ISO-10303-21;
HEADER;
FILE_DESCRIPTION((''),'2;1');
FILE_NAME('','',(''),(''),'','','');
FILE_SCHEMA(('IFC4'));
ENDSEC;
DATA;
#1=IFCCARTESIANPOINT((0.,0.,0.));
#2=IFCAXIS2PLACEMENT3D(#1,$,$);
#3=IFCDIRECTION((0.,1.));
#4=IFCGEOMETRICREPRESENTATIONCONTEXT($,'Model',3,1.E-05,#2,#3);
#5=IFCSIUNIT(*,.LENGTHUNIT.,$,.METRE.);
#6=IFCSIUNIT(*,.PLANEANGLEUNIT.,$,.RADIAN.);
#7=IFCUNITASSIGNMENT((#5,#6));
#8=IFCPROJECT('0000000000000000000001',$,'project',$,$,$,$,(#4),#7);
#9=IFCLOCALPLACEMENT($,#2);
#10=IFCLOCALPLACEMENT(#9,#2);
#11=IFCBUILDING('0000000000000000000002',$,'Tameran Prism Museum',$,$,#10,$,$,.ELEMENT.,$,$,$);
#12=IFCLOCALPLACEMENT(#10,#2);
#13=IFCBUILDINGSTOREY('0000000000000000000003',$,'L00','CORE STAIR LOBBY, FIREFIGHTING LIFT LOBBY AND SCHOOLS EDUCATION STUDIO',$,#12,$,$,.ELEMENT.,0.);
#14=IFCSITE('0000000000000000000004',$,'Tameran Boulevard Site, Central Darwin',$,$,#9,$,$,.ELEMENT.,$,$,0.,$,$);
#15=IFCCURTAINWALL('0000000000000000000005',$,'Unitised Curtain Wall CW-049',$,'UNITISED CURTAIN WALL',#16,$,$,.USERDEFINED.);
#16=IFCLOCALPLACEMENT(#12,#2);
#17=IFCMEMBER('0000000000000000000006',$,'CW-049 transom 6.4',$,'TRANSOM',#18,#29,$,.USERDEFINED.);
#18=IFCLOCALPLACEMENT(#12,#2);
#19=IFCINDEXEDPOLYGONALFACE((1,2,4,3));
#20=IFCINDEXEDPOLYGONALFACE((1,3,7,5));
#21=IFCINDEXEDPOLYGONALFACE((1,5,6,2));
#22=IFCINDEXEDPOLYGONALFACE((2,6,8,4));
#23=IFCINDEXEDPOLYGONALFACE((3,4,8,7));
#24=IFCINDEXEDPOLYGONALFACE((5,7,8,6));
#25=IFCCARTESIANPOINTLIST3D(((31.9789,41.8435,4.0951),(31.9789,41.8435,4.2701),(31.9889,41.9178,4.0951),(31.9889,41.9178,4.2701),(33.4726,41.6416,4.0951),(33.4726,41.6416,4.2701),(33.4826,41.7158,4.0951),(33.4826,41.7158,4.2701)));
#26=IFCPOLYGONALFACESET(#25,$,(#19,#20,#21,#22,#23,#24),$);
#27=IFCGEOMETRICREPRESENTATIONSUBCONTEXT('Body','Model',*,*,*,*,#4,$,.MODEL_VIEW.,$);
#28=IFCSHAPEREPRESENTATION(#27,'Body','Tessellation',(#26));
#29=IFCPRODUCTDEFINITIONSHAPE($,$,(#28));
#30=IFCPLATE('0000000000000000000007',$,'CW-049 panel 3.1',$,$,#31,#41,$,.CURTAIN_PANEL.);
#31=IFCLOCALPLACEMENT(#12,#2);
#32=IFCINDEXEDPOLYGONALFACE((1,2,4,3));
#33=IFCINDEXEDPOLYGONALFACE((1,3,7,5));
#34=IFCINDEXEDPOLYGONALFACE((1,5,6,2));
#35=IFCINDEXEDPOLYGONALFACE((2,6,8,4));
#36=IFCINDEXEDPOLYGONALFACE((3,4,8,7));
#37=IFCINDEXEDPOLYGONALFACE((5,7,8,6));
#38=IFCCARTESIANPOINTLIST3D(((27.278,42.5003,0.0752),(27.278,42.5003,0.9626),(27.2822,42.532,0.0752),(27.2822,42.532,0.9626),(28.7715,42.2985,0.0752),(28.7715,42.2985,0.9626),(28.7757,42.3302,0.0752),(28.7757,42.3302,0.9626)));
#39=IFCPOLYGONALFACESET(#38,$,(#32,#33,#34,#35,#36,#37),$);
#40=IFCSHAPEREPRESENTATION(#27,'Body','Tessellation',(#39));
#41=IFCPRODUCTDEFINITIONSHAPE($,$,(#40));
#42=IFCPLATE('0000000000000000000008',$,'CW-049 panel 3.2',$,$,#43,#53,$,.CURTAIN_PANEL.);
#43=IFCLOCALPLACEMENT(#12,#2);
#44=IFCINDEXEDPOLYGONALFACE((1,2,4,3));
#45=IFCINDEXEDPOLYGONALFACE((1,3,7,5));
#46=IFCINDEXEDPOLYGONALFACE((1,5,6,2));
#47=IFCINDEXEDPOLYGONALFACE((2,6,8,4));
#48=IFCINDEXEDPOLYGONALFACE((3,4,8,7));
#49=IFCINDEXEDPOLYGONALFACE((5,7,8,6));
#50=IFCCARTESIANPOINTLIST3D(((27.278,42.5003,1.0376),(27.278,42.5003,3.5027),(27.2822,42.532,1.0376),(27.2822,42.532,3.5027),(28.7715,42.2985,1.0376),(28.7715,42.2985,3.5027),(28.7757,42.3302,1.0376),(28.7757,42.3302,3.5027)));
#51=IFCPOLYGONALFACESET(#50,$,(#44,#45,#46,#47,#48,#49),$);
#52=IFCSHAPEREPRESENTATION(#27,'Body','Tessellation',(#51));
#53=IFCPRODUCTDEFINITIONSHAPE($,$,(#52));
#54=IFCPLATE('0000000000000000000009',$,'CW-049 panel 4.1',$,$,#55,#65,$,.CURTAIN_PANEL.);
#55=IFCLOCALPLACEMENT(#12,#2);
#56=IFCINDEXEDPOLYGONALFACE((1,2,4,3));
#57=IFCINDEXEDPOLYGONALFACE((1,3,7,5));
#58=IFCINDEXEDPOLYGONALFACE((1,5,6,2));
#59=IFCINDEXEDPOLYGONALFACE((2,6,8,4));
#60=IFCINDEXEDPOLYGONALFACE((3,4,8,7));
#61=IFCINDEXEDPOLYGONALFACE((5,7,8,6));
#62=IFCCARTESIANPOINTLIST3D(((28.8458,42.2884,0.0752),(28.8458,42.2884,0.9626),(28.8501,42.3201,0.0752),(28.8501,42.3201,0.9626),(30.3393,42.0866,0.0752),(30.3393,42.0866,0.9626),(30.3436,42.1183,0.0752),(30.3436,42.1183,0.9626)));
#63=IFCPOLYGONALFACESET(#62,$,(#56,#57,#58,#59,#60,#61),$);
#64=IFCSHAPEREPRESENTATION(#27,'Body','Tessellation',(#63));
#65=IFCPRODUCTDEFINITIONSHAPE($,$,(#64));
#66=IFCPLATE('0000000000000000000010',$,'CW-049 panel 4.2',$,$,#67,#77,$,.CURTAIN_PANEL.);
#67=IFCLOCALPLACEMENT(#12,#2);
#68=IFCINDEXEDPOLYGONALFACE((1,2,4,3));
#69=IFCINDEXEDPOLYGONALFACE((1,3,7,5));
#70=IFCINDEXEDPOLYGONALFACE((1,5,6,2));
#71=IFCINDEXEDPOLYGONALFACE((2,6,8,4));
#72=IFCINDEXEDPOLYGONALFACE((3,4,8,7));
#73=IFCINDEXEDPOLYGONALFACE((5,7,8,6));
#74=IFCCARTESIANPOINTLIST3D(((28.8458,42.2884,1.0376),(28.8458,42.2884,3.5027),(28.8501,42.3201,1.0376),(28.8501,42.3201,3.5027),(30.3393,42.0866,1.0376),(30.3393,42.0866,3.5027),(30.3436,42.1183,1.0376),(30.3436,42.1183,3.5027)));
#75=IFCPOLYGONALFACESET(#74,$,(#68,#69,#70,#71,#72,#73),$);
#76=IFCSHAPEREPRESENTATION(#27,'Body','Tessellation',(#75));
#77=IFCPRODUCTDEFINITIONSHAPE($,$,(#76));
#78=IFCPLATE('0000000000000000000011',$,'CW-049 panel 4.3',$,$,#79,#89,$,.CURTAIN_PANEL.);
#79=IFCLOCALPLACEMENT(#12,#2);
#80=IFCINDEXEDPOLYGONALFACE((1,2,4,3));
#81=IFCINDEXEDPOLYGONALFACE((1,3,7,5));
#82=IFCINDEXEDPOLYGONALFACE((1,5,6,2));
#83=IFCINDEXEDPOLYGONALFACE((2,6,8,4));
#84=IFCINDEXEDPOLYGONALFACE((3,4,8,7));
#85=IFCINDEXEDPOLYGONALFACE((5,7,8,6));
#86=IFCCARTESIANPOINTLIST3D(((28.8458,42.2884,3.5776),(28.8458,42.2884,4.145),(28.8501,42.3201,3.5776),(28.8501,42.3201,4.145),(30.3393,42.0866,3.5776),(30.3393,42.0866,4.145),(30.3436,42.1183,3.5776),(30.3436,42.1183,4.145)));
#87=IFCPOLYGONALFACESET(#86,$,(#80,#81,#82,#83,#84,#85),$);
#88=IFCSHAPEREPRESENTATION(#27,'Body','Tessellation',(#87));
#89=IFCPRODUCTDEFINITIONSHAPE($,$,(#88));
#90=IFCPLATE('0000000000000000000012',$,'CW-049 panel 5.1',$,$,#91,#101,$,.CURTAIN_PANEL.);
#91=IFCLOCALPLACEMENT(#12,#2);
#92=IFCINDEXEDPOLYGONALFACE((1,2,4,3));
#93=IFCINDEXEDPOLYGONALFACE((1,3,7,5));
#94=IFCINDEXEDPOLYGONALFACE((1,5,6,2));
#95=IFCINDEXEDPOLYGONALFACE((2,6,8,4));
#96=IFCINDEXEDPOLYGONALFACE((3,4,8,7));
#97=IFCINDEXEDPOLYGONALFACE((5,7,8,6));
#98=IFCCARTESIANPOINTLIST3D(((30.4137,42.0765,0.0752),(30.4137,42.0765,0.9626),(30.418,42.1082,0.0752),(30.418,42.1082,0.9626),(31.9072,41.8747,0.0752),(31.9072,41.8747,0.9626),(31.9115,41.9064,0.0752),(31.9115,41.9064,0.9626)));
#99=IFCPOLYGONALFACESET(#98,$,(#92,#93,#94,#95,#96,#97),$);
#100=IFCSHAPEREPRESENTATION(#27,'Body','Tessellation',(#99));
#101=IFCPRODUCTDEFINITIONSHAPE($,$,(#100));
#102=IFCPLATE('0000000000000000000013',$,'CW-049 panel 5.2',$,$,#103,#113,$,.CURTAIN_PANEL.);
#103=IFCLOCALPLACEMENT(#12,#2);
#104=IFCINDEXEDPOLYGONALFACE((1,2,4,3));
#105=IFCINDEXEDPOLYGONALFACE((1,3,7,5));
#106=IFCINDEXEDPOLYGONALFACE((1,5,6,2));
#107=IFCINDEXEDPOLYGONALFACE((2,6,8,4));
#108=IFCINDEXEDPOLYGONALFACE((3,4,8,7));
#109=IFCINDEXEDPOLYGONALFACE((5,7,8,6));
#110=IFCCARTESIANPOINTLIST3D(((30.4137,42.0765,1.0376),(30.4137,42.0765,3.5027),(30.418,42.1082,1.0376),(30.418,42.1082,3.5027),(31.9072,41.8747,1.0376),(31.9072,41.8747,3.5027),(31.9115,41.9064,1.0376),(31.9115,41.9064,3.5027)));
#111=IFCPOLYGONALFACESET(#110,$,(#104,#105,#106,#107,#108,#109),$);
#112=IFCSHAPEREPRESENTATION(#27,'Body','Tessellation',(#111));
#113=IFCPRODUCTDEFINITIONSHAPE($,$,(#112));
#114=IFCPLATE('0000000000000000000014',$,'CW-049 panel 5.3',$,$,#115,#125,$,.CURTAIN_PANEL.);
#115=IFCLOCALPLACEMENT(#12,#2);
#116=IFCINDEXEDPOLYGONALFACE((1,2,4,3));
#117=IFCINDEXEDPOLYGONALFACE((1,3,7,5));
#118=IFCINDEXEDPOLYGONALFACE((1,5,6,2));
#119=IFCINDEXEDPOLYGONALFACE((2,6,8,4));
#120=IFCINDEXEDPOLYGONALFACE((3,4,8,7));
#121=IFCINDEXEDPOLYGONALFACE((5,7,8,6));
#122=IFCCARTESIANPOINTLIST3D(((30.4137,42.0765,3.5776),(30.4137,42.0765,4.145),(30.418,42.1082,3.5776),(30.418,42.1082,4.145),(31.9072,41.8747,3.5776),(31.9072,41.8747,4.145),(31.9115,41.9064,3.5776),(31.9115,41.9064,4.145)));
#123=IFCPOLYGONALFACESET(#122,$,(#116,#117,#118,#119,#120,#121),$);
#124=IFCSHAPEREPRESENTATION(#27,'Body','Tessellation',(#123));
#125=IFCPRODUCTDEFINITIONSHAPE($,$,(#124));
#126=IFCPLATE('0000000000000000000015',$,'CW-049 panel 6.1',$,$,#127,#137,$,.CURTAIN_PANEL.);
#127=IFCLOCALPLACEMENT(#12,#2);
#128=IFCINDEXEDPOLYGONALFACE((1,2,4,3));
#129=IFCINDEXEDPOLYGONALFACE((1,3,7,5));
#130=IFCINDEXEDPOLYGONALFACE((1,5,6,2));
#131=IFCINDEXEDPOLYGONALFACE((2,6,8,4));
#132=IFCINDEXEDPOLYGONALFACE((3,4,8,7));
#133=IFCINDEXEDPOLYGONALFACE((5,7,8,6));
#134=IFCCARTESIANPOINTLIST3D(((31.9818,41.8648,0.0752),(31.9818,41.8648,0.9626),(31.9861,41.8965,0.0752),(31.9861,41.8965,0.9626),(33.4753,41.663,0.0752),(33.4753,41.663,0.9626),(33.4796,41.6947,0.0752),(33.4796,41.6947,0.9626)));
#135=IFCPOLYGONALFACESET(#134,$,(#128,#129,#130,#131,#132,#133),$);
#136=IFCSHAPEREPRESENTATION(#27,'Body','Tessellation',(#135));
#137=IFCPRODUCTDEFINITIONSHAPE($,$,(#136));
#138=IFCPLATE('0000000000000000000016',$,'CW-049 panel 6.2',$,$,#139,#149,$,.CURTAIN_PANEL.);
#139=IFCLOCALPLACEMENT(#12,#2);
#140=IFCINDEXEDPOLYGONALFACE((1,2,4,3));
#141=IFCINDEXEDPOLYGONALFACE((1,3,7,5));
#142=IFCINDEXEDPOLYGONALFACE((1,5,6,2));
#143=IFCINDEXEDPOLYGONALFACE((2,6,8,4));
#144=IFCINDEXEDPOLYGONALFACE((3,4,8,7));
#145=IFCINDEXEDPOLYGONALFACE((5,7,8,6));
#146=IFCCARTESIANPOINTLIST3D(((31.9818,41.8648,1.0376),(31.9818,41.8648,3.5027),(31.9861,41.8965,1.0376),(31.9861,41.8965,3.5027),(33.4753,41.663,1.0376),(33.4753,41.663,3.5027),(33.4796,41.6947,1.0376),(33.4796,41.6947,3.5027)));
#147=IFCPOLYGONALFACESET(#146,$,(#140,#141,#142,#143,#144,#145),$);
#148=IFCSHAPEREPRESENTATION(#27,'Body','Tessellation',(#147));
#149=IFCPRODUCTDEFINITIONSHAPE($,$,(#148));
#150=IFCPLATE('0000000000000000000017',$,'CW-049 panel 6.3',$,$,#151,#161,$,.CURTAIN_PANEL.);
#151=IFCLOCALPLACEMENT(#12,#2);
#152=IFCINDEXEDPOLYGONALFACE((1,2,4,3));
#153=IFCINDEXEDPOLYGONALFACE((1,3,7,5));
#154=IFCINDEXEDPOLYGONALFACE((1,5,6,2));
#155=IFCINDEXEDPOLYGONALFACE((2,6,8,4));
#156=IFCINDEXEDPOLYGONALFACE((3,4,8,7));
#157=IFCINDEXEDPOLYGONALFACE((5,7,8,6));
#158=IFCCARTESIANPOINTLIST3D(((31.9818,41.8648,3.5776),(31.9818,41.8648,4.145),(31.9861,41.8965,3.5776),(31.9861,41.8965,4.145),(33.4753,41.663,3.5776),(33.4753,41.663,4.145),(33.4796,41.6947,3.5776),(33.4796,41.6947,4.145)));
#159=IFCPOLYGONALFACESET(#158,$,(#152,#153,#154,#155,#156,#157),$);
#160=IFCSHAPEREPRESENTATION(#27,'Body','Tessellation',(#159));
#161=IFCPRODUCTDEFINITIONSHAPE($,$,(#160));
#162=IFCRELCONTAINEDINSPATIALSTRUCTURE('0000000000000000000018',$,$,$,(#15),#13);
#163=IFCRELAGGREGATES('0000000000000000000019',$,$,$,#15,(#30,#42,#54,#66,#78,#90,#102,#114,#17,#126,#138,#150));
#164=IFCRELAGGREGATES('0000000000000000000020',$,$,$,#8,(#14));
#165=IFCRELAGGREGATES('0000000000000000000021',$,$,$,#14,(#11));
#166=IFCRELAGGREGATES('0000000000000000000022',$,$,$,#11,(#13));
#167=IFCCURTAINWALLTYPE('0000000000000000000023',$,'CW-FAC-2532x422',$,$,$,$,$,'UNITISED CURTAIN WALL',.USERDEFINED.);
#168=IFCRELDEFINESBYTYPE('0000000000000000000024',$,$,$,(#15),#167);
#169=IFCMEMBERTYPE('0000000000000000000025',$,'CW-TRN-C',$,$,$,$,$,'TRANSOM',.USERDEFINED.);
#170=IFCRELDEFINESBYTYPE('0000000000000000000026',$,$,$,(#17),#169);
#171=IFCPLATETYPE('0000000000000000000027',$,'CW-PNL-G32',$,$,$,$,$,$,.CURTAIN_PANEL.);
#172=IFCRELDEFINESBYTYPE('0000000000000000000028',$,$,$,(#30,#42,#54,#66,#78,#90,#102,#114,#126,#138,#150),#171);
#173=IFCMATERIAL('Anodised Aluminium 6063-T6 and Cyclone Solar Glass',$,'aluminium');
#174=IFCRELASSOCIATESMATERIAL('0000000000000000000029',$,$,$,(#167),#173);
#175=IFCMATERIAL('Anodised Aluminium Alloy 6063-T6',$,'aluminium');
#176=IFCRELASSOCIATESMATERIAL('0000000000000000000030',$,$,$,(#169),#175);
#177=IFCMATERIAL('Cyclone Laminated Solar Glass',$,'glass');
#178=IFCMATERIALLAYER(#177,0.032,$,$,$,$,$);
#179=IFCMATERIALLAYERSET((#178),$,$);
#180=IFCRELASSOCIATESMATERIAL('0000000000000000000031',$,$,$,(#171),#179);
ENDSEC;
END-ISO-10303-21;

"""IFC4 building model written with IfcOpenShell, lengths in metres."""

from ifc_helpers import new_model, si_unit, direction, frame, origin, origin_2d, place, context, subcontext, project, spatial, rectangle, extrude, material, layer, layer_set, material_profile, profile_set, type_object, element, aggregate, save


model = new_model("IFC4")

# Units and contexts
model_context = context("Model", 3, precision=1e-05, world=origin(), true_north=direction((0.0, 1.0)))
body_context = subcontext(model_context, "Body", "Model", "MODEL_VIEW")
ifc_project = project(units=[si_unit("LENGTHUNIT", "METRE"), si_unit("PLANEANGLEUNIT", "RADIAN")], contexts=[model_context])

# Site, building, storey
site_placement = place(None, origin())
site = spatial("IfcSite", under=ifc_project, at=site_placement, Name="Tameran Boulevard Site, Central Darwin", CompositionType="ELEMENT", RefElevation=0.0)
building_placement = place(site_placement, origin())
building = spatial("IfcBuilding", under=site, at=building_placement, Name="Tameran Prism Museum", CompositionType="ELEMENT")
storey_placement = place(building_placement, origin())
storey = spatial("IfcBuildingStorey", under=building, at=storey_placement, Name="L00", Description="CORE STAIR LOBBY, FIREFIGHTING LIFT LOBBY AND SCHOOLS EDUCATION STUDIO", CompositionType="ELEMENT", Elevation=0.0)

# Curtain wall, member, plates
ifc_material_1 = material(Name="Anodised Aluminium 6063-T6 and Cyclone Solar Glass", Category="aluminium")
curtain_wall_type = type_object("IfcCurtainWallType", Name="CW-FAC-2532x422", ElementType="UNITISED CURTAIN WALL", PredefinedType="USERDEFINED", material=ifc_material_1)
curtain_wall_placement = place(storey_placement, origin())
curtain_wall = element("IfcCurtainWall", 1, at=curtain_wall_placement, inside=storey, type_object=curtain_wall_type, Name="Unitised Curtain Wall CW-049", ObjectType="UNITISED CURTAIN WALL", PredefinedType="USERDEFINED")
ifc_material_2 = material(Name="Anodised Aluminium Alloy 6063-T6", Category="aluminium")
ifc_material_profile_1 = material_profile(ifc_material_2, rectangle(XDim=0.075, YDim=0.175, at=origin_2d()))
ifc_profile_set_1 = profile_set([ifc_material_profile_1])
member_type_1 = type_object("IfcMemberType", Name="CW-TRN-C", ElementType="TRANSOM", PredefinedType="USERDEFINED", material=ifc_profile_set_1)
member_1_placement = place(storey_placement, frame((31.9839, 41.8806, 4.1826), z_axis=(0.990987, -0.133957, 0.0), x_axis=(0.133957, 0.990987, 0.0)))
member_1 = element("IfcMember", 2, at=member_1_placement, type_object=member_type_1, Name="CW-049 transom 6.4", ObjectType="TRANSOM", PredefinedType="USERDEFINED", context=body_context, shape_type="SweptSolid", body=[
    extrude(rectangle(XDim=0.075, YDim=0.175, at=origin_2d()), origin(), (0.0, 0.0, 1.0), 1.5073),
])
ifc_material_3 = material(Name="Cyclone Laminated Solar Glass", Category="glass")
ifc_layer = layer(ifc_material_3, 0.032)
ifc_layer_set = layer_set([ifc_layer])
plate_type = type_object("IfcPlateType", Name="CW-PNL-G32", PredefinedType="CURTAIN_PANEL", material=ifc_layer_set)
plate_1_placement = place(storey_placement, frame((28.0269, 42.4153, 0.0752), z_axis=(0.0, 0.0, 1.0), x_axis=(0.990993, -0.133913, 0.0)))
plate_1 = element("IfcPlate", 3, at=plate_1_placement, type_object=plate_type, Name="CW-049 panel 3.1", PredefinedType="CURTAIN_PANEL", context=body_context, shape_type="SweptSolid", body=[
    extrude(rectangle(XDim=1.5071, YDim=0.032, at=origin_2d()), origin(), (0.0, 0.0, 1.0), 0.8875),
])
plate_2_placement = place(storey_placement, frame((28.0269, 42.4153, 1.0376), z_axis=(0.0, 0.0, 1.0), x_axis=(0.990993, -0.133913, 0.0)))
plate_2 = element("IfcPlate", 4, at=plate_2_placement, type_object=plate_type, Name="CW-049 panel 3.2", PredefinedType="CURTAIN_PANEL", context=body_context, shape_type="SweptSolid", body=[
    extrude(rectangle(XDim=1.5071, YDim=0.032, at=origin_2d()), origin(), (0.0, 0.0, 1.0), 2.4651),
])
plate_3_placement = place(storey_placement, frame((29.5947, 42.2034, 0.0752), z_axis=(0.0, 0.0, 1.0), x_axis=(0.990993, -0.133913, 0.0)))
plate_3 = element("IfcPlate", 5, at=plate_3_placement, type_object=plate_type, Name="CW-049 panel 4.1", PredefinedType="CURTAIN_PANEL", context=body_context, shape_type="SweptSolid", body=[
    extrude(rectangle(XDim=1.5071, YDim=0.032, at=origin_2d()), origin(), (0.0, 0.0, 1.0), 0.8875),
])
plate_4_placement = place(storey_placement, frame((29.5947, 42.2034, 1.0376), z_axis=(0.0, 0.0, 1.0), x_axis=(0.990993, -0.133913, 0.0)))
plate_4 = element("IfcPlate", 6, at=plate_4_placement, type_object=plate_type, Name="CW-049 panel 4.2", PredefinedType="CURTAIN_PANEL", context=body_context, shape_type="SweptSolid", body=[
    extrude(rectangle(XDim=1.5071, YDim=0.032, at=origin_2d()), origin(), (0.0, 0.0, 1.0), 2.4651),
])
plate_5_placement = place(storey_placement, frame((29.5947, 42.2034, 3.5776), z_axis=(0.0, 0.0, 1.0), x_axis=(0.990993, -0.133913, 0.0)))
plate_5 = element("IfcPlate", 7, at=plate_5_placement, type_object=plate_type, Name="CW-049 panel 4.3", PredefinedType="CURTAIN_PANEL", context=body_context, shape_type="SweptSolid", body=[
    extrude(rectangle(XDim=1.5071, YDim=0.032, at=origin_2d()), origin(), (0.0, 0.0, 1.0), 0.5674),
])
plate_6_placement = place(storey_placement, frame((31.1626, 41.9915, 0.0752), z_axis=(0.0, 0.0, 1.0), x_axis=(0.990993, -0.133913, 0.0)))
plate_6 = element("IfcPlate", 8, at=plate_6_placement, type_object=plate_type, Name="CW-049 panel 5.1", PredefinedType="CURTAIN_PANEL", context=body_context, shape_type="SweptSolid", body=[
    extrude(rectangle(XDim=1.5071, YDim=0.032, at=origin_2d()), origin(), (0.0, 0.0, 1.0), 0.8875),
])
plate_7_placement = place(storey_placement, frame((31.1626, 41.9915, 1.0376), z_axis=(0.0, 0.0, 1.0), x_axis=(0.990993, -0.133913, 0.0)))
plate_7 = element("IfcPlate", 9, at=plate_7_placement, type_object=plate_type, Name="CW-049 panel 5.2", PredefinedType="CURTAIN_PANEL", context=body_context, shape_type="SweptSolid", body=[
    extrude(rectangle(XDim=1.5071, YDim=0.032, at=origin_2d()), origin(), (0.0, 0.0, 1.0), 2.4651),
])
plate_8_placement = place(storey_placement, frame((31.1626, 41.9915, 3.5776), z_axis=(0.0, 0.0, 1.0), x_axis=(0.990993, -0.133913, 0.0)))
plate_8 = element("IfcPlate", 10, at=plate_8_placement, type_object=plate_type, Name="CW-049 panel 5.3", PredefinedType="CURTAIN_PANEL", context=body_context, shape_type="SweptSolid", body=[
    extrude(rectangle(XDim=1.5071, YDim=0.032, at=origin_2d()), origin(), (0.0, 0.0, 1.0), 0.5674),
])
plate_9_placement = place(storey_placement, frame((32.7307, 41.7798, 0.0752), z_axis=(0.0, 0.0, 1.0), x_axis=(0.990993, -0.133913, 0.0)))
plate_9 = element("IfcPlate", 11, at=plate_9_placement, type_object=plate_type, Name="CW-049 panel 6.1", PredefinedType="CURTAIN_PANEL", context=body_context, shape_type="SweptSolid", body=[
    extrude(rectangle(XDim=1.5071, YDim=0.032, at=origin_2d()), origin(), (0.0, 0.0, 1.0), 0.8875),
])
plate_10_placement = place(storey_placement, frame((32.7307, 41.7798, 1.0376), z_axis=(0.0, 0.0, 1.0), x_axis=(0.990993, -0.133913, 0.0)))
plate_10 = element("IfcPlate", 12, at=plate_10_placement, type_object=plate_type, Name="CW-049 panel 6.2", PredefinedType="CURTAIN_PANEL", context=body_context, shape_type="SweptSolid", body=[
    extrude(rectangle(XDim=1.5071, YDim=0.032, at=origin_2d()), origin(), (0.0, 0.0, 1.0), 2.4651),
])
plate_11_placement = place(storey_placement, frame((32.7307, 41.7798, 3.5776), z_axis=(0.0, 0.0, 1.0), x_axis=(0.990993, -0.133913, 0.0)))
plate_11 = element("IfcPlate", 13, at=plate_11_placement, type_object=plate_type, Name="CW-049 panel 6.3", PredefinedType="CURTAIN_PANEL", context=body_context, shape_type="SweptSolid", body=[
    extrude(rectangle(XDim=1.5071, YDim=0.032, at=origin_2d()), origin(), (0.0, 0.0, 1.0), 0.5674),
])
aggregate(curtain_wall, [plate_1, plate_2, plate_3, plate_4, plate_5, plate_6, plate_7, plate_8, member_1, plate_9, plate_10, plate_11])

save(model, "model.ifc")
